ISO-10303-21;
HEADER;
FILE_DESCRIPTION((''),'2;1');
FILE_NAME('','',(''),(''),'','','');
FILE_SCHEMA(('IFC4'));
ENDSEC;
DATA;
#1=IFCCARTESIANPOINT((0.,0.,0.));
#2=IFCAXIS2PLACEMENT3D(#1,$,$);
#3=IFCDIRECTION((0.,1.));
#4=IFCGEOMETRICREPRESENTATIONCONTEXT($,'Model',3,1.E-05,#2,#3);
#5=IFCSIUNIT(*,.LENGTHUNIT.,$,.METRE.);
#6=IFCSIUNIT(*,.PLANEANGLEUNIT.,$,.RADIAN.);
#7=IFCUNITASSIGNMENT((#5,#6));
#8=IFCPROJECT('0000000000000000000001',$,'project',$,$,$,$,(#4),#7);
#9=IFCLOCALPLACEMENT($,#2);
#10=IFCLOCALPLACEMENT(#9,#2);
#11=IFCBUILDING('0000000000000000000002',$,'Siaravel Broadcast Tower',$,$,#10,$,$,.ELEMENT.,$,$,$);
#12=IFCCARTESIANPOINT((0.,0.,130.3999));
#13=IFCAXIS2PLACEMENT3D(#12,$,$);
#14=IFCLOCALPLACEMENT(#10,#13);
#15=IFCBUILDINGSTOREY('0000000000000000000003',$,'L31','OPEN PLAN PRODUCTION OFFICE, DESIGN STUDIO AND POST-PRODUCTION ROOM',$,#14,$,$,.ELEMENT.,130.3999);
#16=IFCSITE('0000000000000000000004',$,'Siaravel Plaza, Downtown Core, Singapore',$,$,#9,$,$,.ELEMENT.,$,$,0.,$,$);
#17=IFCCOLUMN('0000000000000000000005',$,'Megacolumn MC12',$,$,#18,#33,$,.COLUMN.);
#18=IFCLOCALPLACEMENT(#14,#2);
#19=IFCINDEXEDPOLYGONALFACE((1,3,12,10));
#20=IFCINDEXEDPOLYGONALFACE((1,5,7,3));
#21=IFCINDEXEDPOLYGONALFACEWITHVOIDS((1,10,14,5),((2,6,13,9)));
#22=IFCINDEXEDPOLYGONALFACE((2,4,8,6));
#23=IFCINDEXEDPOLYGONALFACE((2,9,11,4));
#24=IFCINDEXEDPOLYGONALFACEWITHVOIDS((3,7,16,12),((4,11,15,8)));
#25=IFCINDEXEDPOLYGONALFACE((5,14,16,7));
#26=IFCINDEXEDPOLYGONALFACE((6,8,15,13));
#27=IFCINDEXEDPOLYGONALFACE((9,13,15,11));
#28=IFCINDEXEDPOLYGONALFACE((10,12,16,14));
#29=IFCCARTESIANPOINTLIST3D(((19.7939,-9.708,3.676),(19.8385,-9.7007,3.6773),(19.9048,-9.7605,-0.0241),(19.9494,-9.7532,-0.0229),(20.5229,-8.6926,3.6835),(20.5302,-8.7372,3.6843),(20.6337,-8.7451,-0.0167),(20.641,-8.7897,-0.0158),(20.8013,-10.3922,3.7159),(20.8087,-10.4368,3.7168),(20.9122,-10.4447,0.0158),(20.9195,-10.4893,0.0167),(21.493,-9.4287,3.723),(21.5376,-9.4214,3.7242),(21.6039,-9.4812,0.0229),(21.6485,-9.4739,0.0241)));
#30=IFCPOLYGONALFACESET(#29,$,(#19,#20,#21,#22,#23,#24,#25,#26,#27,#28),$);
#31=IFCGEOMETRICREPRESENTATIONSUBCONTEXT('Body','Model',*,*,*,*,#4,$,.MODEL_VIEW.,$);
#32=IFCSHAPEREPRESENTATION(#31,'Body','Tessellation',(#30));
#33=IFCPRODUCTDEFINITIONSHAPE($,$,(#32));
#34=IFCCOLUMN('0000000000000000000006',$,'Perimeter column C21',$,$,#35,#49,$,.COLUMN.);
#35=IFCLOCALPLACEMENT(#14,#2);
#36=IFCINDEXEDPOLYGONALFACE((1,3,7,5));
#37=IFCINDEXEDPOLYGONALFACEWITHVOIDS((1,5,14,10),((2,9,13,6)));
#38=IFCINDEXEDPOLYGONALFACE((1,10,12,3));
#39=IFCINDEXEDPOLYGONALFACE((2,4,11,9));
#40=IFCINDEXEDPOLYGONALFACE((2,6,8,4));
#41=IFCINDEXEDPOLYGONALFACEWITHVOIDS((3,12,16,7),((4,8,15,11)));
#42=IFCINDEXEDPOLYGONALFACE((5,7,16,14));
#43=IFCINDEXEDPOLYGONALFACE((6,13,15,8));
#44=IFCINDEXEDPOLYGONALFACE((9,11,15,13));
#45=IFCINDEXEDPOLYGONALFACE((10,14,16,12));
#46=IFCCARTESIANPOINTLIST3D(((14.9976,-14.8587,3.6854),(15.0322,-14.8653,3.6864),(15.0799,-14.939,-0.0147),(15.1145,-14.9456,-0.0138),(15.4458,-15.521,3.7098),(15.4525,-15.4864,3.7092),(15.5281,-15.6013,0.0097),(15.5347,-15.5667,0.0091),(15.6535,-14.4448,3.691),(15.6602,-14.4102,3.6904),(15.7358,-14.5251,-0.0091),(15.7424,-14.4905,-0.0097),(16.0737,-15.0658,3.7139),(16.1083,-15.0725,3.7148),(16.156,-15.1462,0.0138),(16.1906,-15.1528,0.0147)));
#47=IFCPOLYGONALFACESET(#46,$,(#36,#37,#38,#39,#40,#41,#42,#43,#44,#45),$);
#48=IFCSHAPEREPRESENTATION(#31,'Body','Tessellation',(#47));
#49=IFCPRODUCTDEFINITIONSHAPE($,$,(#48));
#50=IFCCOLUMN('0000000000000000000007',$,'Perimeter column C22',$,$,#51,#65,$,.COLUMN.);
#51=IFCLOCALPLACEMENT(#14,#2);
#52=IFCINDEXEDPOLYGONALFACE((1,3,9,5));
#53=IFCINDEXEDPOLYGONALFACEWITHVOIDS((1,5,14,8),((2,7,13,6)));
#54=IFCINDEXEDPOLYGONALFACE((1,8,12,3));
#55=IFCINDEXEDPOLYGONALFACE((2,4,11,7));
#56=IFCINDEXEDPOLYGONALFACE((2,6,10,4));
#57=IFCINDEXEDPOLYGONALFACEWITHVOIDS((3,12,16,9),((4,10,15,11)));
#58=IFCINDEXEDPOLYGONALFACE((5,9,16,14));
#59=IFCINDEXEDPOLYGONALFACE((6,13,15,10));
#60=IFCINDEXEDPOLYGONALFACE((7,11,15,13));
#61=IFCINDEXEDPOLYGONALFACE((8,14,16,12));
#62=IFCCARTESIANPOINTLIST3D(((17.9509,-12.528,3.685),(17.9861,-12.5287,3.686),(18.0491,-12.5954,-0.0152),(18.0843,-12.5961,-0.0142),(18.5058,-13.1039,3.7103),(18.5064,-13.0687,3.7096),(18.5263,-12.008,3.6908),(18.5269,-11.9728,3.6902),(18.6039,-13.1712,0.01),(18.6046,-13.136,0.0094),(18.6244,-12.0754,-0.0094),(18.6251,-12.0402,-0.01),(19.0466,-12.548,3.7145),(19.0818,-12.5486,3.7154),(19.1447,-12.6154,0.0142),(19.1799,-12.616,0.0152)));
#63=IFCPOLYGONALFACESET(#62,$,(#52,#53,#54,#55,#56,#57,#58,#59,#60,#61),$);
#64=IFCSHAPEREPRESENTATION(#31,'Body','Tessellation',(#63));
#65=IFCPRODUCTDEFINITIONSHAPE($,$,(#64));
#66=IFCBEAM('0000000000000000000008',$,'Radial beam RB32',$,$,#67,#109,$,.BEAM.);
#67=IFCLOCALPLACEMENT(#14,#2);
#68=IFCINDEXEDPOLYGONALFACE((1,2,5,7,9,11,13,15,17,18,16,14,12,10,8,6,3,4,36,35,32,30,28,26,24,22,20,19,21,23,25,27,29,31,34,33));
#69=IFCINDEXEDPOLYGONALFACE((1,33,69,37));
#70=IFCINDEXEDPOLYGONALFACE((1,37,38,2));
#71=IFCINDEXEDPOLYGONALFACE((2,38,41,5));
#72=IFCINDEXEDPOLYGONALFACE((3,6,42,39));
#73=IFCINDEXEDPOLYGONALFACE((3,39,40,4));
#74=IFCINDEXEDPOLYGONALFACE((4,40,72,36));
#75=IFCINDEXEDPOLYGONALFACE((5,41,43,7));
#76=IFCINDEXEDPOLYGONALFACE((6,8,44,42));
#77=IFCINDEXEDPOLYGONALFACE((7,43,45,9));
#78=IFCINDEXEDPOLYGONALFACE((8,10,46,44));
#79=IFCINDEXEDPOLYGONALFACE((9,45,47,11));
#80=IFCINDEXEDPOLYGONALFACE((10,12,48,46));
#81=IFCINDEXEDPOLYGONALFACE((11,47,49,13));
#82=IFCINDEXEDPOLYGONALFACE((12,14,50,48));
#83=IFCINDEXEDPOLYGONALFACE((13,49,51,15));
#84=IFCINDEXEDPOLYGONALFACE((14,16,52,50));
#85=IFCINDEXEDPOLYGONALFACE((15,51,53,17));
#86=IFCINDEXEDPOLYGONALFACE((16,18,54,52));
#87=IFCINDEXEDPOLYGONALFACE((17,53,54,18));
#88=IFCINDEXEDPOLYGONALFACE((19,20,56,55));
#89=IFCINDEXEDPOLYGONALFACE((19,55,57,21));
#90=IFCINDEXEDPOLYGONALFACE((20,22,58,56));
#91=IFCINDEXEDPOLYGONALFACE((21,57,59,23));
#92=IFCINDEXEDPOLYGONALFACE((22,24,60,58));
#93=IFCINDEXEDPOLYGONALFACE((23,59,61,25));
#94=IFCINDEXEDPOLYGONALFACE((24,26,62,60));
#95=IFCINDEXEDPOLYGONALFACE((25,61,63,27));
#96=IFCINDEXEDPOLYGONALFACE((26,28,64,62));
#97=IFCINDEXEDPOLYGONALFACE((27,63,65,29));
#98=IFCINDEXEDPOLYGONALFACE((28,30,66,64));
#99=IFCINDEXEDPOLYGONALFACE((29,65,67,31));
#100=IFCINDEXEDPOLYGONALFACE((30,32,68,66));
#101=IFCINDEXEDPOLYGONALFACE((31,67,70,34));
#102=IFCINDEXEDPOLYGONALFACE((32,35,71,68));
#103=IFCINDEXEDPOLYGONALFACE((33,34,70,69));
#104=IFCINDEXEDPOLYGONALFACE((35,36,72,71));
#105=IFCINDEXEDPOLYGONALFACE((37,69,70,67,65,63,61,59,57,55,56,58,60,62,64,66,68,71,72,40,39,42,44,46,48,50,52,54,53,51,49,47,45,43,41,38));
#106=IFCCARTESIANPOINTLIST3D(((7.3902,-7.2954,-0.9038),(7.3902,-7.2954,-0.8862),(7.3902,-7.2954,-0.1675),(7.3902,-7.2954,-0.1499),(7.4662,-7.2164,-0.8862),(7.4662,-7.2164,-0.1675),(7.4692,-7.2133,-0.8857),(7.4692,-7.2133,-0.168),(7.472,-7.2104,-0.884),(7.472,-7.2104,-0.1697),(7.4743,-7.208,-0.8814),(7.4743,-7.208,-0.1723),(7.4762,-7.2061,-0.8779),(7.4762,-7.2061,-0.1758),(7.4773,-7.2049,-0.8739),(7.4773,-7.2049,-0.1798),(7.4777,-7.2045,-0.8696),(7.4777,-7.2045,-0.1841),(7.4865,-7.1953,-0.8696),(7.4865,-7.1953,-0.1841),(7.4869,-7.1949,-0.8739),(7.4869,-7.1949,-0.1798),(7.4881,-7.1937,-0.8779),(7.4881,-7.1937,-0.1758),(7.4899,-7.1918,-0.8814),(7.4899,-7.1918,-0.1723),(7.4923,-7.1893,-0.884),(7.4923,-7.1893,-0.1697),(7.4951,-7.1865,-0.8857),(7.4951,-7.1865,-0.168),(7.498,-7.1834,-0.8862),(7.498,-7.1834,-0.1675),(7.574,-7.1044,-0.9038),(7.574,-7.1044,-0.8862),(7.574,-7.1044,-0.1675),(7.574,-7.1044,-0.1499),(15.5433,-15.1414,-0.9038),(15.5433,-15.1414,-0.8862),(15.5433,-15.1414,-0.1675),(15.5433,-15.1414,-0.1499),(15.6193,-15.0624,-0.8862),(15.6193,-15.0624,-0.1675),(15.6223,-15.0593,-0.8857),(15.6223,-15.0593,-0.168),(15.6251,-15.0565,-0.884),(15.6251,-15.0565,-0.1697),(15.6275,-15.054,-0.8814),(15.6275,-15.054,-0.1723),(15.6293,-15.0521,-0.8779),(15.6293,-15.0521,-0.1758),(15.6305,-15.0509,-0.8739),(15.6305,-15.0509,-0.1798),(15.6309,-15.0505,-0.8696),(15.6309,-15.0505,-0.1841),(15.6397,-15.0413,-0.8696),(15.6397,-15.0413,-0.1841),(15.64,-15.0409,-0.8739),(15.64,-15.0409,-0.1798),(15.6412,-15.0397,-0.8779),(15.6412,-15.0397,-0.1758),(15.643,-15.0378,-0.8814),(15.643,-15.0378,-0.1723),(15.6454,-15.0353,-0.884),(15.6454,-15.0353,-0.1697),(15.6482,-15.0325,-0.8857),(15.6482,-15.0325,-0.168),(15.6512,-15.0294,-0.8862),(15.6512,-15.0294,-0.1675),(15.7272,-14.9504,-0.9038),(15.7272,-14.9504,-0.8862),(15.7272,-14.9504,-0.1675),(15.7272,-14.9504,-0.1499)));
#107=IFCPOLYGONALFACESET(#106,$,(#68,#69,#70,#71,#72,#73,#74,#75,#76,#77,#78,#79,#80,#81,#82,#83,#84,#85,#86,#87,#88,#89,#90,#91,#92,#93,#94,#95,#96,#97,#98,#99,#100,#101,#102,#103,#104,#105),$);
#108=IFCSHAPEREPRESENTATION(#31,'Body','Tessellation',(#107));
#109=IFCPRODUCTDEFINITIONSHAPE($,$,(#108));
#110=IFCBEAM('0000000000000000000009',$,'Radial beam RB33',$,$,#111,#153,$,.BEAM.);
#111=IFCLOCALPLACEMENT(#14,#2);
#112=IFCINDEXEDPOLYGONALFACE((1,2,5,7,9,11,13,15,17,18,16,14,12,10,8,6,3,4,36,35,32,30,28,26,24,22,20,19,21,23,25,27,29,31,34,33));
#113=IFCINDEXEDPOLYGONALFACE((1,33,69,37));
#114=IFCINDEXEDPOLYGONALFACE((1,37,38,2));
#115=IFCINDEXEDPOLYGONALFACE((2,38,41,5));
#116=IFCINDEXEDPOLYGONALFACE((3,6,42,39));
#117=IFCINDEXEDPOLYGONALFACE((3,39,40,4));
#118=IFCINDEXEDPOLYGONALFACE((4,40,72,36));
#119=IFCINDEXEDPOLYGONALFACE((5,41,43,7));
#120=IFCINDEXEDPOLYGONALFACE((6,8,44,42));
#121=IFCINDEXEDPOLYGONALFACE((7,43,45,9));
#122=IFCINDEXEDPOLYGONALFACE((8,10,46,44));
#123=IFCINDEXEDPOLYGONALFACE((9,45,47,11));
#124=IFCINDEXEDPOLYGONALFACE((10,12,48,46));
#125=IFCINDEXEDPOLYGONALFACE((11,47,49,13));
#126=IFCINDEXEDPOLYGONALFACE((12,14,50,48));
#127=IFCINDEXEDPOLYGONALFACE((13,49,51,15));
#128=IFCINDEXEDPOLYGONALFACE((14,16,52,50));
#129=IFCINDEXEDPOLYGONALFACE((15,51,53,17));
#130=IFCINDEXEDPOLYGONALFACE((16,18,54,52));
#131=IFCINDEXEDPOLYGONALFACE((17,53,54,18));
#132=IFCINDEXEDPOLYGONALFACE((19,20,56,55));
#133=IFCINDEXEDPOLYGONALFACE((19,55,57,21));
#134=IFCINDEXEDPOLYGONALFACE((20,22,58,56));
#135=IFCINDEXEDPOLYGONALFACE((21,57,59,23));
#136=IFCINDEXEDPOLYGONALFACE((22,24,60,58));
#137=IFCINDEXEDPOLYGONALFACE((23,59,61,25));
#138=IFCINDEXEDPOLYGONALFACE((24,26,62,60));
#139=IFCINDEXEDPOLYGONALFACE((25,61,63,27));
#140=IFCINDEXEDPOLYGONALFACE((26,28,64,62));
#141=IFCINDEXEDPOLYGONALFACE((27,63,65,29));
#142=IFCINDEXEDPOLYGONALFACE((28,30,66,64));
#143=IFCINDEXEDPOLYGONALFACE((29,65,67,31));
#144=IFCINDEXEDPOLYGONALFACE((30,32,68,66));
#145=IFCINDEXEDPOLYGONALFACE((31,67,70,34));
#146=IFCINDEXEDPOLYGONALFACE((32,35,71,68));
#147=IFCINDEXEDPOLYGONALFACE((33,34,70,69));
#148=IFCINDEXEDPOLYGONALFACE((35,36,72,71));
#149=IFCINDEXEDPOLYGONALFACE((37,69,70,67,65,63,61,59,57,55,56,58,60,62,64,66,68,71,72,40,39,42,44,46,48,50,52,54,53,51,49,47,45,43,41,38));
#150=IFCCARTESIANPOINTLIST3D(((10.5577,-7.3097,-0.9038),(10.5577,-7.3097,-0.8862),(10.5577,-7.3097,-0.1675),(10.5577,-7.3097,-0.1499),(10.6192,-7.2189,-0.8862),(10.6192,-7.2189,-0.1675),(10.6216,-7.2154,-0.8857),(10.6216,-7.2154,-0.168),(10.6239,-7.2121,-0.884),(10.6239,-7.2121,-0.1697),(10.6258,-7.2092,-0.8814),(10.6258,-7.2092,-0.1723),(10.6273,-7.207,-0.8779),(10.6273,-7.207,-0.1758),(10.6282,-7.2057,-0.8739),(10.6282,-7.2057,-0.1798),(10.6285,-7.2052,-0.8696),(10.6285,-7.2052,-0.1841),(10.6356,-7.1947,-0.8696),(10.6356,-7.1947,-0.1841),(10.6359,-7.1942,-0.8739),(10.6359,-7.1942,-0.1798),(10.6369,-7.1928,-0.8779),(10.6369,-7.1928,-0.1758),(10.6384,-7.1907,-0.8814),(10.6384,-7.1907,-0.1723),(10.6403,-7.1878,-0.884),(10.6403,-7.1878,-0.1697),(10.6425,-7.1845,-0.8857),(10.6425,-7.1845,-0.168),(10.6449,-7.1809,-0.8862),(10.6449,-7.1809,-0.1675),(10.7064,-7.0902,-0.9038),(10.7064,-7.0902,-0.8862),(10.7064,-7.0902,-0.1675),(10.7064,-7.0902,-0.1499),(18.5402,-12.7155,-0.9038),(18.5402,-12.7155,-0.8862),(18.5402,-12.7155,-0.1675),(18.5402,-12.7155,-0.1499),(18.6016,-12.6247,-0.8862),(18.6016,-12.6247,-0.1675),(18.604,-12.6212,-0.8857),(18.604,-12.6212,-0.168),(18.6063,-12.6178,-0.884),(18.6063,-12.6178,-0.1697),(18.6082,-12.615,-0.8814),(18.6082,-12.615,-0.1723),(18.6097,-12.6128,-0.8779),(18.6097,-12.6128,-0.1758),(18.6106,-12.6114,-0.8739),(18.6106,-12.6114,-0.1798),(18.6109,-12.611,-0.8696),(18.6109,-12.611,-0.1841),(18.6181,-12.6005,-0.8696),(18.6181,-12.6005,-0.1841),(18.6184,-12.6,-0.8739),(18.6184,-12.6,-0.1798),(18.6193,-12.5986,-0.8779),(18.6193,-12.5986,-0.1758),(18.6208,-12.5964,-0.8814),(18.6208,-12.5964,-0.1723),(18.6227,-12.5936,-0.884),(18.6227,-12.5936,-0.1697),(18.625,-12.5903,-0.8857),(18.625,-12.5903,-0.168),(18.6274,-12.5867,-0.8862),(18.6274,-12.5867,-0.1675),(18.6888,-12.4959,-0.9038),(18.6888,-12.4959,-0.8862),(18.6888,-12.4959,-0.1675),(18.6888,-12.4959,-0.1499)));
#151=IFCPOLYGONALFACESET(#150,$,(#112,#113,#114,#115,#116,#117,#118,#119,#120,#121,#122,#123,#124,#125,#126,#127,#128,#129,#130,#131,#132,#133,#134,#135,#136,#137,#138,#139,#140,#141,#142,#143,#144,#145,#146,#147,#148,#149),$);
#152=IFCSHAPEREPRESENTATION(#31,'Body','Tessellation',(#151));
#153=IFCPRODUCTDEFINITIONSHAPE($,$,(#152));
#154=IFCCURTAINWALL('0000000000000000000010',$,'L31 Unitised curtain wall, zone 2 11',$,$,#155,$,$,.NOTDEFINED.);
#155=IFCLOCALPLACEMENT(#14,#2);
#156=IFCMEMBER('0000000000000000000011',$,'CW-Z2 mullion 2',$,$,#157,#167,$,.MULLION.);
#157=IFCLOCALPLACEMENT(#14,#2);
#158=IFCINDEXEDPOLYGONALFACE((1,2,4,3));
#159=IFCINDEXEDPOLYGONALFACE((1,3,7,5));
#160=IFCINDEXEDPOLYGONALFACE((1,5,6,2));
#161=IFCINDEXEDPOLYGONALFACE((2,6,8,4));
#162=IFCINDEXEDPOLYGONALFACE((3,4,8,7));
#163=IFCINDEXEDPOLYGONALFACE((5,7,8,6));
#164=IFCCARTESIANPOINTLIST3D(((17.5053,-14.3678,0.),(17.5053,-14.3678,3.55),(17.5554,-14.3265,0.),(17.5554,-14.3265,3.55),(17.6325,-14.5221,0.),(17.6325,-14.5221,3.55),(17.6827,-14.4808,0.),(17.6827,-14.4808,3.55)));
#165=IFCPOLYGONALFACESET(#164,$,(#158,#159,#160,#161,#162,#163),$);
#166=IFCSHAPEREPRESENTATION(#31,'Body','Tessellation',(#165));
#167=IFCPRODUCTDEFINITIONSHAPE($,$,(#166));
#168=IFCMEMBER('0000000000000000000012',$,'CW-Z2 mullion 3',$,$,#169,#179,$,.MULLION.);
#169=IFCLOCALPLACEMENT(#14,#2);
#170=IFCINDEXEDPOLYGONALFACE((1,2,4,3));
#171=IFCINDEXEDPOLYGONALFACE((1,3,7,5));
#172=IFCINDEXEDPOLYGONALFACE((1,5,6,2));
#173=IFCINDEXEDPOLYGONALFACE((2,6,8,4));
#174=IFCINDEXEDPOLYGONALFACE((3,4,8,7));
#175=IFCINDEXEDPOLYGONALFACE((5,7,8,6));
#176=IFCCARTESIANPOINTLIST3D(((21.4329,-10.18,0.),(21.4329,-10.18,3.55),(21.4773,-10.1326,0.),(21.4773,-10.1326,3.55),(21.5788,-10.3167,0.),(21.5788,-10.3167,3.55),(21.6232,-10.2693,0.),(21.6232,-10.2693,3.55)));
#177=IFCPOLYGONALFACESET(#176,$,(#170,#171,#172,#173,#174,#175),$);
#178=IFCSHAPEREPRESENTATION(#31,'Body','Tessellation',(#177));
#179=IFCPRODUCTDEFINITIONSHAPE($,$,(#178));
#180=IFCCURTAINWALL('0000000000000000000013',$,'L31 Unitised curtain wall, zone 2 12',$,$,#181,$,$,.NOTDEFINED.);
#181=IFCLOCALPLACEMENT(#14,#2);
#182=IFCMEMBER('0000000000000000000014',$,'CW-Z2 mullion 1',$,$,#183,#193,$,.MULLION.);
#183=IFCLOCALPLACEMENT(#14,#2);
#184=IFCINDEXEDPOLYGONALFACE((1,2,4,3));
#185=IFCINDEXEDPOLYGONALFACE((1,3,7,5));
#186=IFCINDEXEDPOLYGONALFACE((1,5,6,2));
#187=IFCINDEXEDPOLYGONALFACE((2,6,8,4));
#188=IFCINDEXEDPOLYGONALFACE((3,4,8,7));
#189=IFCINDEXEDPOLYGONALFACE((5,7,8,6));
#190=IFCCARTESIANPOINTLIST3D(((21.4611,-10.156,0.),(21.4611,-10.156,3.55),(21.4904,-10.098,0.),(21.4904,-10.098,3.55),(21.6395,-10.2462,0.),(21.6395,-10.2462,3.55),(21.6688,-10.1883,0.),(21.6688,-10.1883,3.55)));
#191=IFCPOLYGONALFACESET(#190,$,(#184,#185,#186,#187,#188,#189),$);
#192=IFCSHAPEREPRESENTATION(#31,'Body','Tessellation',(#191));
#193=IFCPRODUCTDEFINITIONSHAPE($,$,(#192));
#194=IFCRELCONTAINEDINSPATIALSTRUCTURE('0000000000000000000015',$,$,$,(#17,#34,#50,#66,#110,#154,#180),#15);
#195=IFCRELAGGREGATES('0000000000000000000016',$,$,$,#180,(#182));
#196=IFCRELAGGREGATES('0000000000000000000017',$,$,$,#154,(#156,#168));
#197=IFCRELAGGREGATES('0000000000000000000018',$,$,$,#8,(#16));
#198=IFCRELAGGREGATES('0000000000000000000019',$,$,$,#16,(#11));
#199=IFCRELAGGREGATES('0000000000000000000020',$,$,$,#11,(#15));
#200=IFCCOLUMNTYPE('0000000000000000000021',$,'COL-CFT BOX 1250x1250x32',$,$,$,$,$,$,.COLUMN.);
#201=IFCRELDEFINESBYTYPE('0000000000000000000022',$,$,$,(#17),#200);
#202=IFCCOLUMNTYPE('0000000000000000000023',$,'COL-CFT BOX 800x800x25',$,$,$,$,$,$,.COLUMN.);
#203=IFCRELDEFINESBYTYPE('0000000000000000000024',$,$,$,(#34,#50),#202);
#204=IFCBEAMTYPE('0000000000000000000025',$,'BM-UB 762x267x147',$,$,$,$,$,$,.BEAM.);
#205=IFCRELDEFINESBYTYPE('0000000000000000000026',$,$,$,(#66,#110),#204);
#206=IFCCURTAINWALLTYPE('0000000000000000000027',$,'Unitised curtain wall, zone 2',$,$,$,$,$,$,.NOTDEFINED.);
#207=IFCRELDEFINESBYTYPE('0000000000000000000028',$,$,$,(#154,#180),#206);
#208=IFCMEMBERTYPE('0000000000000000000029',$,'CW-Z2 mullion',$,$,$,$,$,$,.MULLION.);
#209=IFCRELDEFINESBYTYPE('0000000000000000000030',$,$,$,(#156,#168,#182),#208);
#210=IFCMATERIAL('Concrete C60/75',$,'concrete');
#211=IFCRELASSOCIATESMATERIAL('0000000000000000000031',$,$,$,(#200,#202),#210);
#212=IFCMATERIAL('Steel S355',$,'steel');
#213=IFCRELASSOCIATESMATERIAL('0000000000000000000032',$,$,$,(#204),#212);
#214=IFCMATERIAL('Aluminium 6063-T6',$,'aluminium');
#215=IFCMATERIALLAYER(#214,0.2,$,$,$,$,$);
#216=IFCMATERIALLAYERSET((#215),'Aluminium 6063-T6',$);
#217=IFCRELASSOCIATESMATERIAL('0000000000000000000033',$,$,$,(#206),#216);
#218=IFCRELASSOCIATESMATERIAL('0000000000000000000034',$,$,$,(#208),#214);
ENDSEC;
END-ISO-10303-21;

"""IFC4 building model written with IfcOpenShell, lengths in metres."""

from ifc_helpers import new_model, si_unit, direction, frame, origin, origin_2d, place, context, subcontext, project, spatial, rectangle, hollow_rectangle, i_section, extrude, material, layer, layer_set, material_profile, profile_set, type_object, element, aggregate, save


model = new_model("IFC4")

# Units and contexts
model_context = context("Model", 3, precision=1e-05, world=origin(), true_north=direction((0.0, 1.0)))
body_context = subcontext(model_context, "Body", "Model", "MODEL_VIEW")
ifc_project = project(units=[si_unit("LENGTHUNIT", "METRE"), si_unit("PLANEANGLEUNIT", "RADIAN")], contexts=[model_context])

# Site, building, storey
site_placement = place(None, origin())
site = spatial("IfcSite", under=ifc_project, at=site_placement, Name="Siaravel Plaza, Downtown Core, Singapore", CompositionType="ELEMENT", RefElevation=0.0)
building_placement = place(site_placement, origin())
building = spatial("IfcBuilding", under=site, at=building_placement, Name="Siaravel Broadcast Tower", CompositionType="ELEMENT")
storey_placement = place(building_placement, frame((0.0, 0.0, 130.3999)))
storey = spatial("IfcBuildingStorey", under=building, at=storey_placement, Name="L31", Description="OPEN PLAN PRODUCTION OFFICE, DESIGN STUDIO AND POST-PRODUCTION ROOM", CompositionType="ELEMENT", Elevation=130.3999)

# Columns
ifc_material_1 = material(Name="Concrete C60/75", Category="concrete")
ifc_material_profile_1 = material_profile(ifc_material_1, hollow_rectangle(XDim=1.25, YDim=1.25, WallThickness=0.032, at=origin_2d()))
ifc_profile_set_1 = profile_set([ifc_material_profile_1], Name="Concrete C60/75")
column_type_1 = type_object("IfcColumnType", Name="COL-CFT BOX 1250x1250x32", PredefinedType="COLUMN", material=ifc_profile_set_1)
column_1_placement = place(storey_placement, frame((20.7766, -9.6172, 0.0), z_axis=(-0.029939, 0.014178, 0.999451), x_axis=(-0.583179, -0.812322, -0.005946)))
element("IfcColumn", 1, at=column_1_placement, inside=storey, type_object=column_type_1, Name="Megacolumn MC12", PredefinedType="COLUMN", context=body_context, shape_type="SweptSolid", body=[
    extrude(hollow_rectangle(XDim=1.25, YDim=1.25, WallThickness=0.032, at=origin_2d()), origin(), (0.0, 0.0, 1.0), 3.7021),
])
ifc_material_profile_2 = material_profile(ifc_material_1, hollow_rectangle(XDim=0.8, YDim=0.8, WallThickness=0.0249, at=origin_2d()))
ifc_profile_set_2 = profile_set([ifc_material_profile_2], Name="Concrete C60/75")
column_type_2 = type_object("IfcColumnType", Name="COL-CFT BOX 800x800x25", PredefinedType="COLUMN", material=ifc_profile_set_2)
column_2_placement = place(storey_placement, frame((15.6353, -15.0459, 0.0), z_axis=(-0.022225, 0.021697, 0.999518), x_axis=(-0.828097, -0.560551, -0.006245)))
element("IfcColumn", 2, at=column_2_placement, inside=storey, type_object=column_type_2, Name="Perimeter column C21", PredefinedType="COLUMN", context=body_context, shape_type="SweptSolid", body=[
    extrude(hollow_rectangle(XDim=0.8, YDim=0.8, WallThickness=0.0249, at=origin_2d()), origin(), (0.0, 0.0, 1.0), 3.7019),
])
column_3_placement = place(storey_placement, frame((18.6145, -12.6057, 0.0), z_axis=(-0.02651, 0.018201, 0.999483), x_axis=(-0.719947, -0.693998, -0.006458)))
element("IfcColumn", 3, at=column_3_placement, inside=storey, type_object=column_type_2, Name="Perimeter column C22", PredefinedType="COLUMN", context=body_context, shape_type="SweptSolid", body=[
    extrude(hollow_rectangle(XDim=0.8, YDim=0.8, WallThickness=0.0249, at=origin_2d()), origin(), (0.0, 0.0, 1.0), 3.7021),
])

# Beams
ifc_material_2 = material(Name="Steel S355", Category="steel")
ifc_material_profile_3 = material_profile(ifc_material_2, i_section(OverallWidth=0.2651, OverallDepth=0.7539, WebThickness=0.0127, FlangeThickness=0.0176, FilletRadius=0.0166, at=origin_2d()))
ifc_profile_set_3 = profile_set([ifc_material_profile_3], Name="Steel S355")
beam_type = type_object("IfcBeamType", Name="BM-UB 762x267x147", PredefinedType="BEAM", material=ifc_profile_set_3)
beam_1_placement = place(storey_placement, frame((15.6353, -15.0459, -0.5269), z_axis=(-0.720548, 0.693405, 0.0), x_axis=(-0.693405, -0.720548, 0.0)))
element("IfcBeam", 4, at=beam_1_placement, inside=storey, type_object=beam_type, Name="Radial beam RB32", PredefinedType="BEAM", context=body_context, shape_type="SweptSolid", body=[
    extrude(i_section(OverallWidth=0.2651, OverallDepth=0.7539, WebThickness=0.0127, FlangeThickness=0.0176, FilletRadius=0.0166, at=origin_2d()), origin(), (0.0, 0.0, 1.0), 11.3152),
])
beam_2_placement = place(storey_placement, frame((18.6145, -12.6057, -0.5269), z_axis=(-0.828, 0.560728, 0.0), x_axis=(-0.560728, -0.828, 0.0)))
element("IfcBeam", 5, at=beam_2_placement, inside=storey, type_object=beam_type, Name="Radial beam RB33", PredefinedType="BEAM", context=body_context, shape_type="SweptSolid", body=[
    extrude(i_section(OverallWidth=0.2651, OverallDepth=0.7539, WebThickness=0.0127, FlangeThickness=0.0176, FilletRadius=0.0166, at=origin_2d()), origin(), (0.0, 0.0, 1.0), 9.6406),
])

# Curtain wall, members
ifc_material_3 = material(Name="Aluminium 6063-T6", Category="aluminium")
ifc_layer_1 = layer(ifc_material_3, 0.2)
ifc_layer_set_1 = layer_set([ifc_layer_1], Name="Aluminium 6063-T6")
curtain_wall_type = type_object("IfcCurtainWallType", Name="Unitised curtain wall, zone 2", PredefinedType="NOTDEFINED", material=ifc_layer_set_1)
curtain_wall_1_placement = place(storey_placement, origin())
curtain_wall_1 = element("IfcCurtainWall", 6, at=curtain_wall_1_placement, inside=storey, type_object=curtain_wall_type, Name="L31 Unitised curtain wall, zone 2 11", PredefinedType="NOTDEFINED")
ifc_material_profile_4 = material_profile(ifc_material_3, rectangle(XDim=0.2, YDim=0.0649, at=origin_2d()))
ifc_profile_set_4 = profile_set([ifc_material_profile_4], Name="Aluminium 6063-T6")
member_type_1 = type_object("IfcMemberType", Name="CW-Z2 mullion", PredefinedType="MULLION", material=ifc_profile_set_4)
member_1_placement = place(storey_placement, frame((17.594, -14.4243, 0.0), z_axis=(0.0, 0.0, 1.0), x_axis=(-0.63622, 0.771507, 0.0)))
member_1 = element("IfcMember", 7, at=member_1_placement, type_object=member_type_1, Name="CW-Z2 mullion 2", PredefinedType="MULLION", context=body_context, shape_type="SweptSolid", body=[
    extrude(rectangle(XDim=0.2, YDim=0.0649, at=origin_2d()), origin(), (0.0, 0.0, 1.0), 3.55),
])
member_2_placement = place(storey_placement, frame((21.5281, -10.2246, 0.0), z_axis=(0.0, 0.0, 1.0), x_axis=(-0.729807, 0.683653, 0.0)))
member_2 = element("IfcMember", 8, at=member_2_placement, type_object=member_type_1, Name="CW-Z2 mullion 3", PredefinedType="MULLION", context=body_context, shape_type="SweptSolid", body=[
    extrude(rectangle(XDim=0.2, YDim=0.0649, at=origin_2d()), origin(), (0.0, 0.0, 1.0), 3.55),
])

# Curtain wall, member
curtain_wall_2_placement = place(storey_placement, origin())
curtain_wall_2 = element("IfcCurtainWall", 9, at=curtain_wall_2_placement, inside=storey, type_object=curtain_wall_type, Name="L31 Unitised curtain wall, zone 2 12", PredefinedType="NOTDEFINED")
member_3_placement = place(storey_placement, frame((21.5649, -10.1721, 0.0), z_axis=(0.0, 0.0, 1.0), x_axis=(-0.892393, 0.451259, 0.0)))
member_3 = element("IfcMember", 10, at=member_3_placement, type_object=member_type_1, Name="CW-Z2 mullion 1", PredefinedType="MULLION", context=body_context, shape_type="SweptSolid", body=[
    extrude(rectangle(XDim=0.2, YDim=0.0649, at=origin_2d()), origin(), (0.0, 0.0, 1.0), 3.55),
])

aggregate(curtain_wall_2, [member_3])

aggregate(curtain_wall_1, [member_1, member_2])

save(model, "model.ifc")
